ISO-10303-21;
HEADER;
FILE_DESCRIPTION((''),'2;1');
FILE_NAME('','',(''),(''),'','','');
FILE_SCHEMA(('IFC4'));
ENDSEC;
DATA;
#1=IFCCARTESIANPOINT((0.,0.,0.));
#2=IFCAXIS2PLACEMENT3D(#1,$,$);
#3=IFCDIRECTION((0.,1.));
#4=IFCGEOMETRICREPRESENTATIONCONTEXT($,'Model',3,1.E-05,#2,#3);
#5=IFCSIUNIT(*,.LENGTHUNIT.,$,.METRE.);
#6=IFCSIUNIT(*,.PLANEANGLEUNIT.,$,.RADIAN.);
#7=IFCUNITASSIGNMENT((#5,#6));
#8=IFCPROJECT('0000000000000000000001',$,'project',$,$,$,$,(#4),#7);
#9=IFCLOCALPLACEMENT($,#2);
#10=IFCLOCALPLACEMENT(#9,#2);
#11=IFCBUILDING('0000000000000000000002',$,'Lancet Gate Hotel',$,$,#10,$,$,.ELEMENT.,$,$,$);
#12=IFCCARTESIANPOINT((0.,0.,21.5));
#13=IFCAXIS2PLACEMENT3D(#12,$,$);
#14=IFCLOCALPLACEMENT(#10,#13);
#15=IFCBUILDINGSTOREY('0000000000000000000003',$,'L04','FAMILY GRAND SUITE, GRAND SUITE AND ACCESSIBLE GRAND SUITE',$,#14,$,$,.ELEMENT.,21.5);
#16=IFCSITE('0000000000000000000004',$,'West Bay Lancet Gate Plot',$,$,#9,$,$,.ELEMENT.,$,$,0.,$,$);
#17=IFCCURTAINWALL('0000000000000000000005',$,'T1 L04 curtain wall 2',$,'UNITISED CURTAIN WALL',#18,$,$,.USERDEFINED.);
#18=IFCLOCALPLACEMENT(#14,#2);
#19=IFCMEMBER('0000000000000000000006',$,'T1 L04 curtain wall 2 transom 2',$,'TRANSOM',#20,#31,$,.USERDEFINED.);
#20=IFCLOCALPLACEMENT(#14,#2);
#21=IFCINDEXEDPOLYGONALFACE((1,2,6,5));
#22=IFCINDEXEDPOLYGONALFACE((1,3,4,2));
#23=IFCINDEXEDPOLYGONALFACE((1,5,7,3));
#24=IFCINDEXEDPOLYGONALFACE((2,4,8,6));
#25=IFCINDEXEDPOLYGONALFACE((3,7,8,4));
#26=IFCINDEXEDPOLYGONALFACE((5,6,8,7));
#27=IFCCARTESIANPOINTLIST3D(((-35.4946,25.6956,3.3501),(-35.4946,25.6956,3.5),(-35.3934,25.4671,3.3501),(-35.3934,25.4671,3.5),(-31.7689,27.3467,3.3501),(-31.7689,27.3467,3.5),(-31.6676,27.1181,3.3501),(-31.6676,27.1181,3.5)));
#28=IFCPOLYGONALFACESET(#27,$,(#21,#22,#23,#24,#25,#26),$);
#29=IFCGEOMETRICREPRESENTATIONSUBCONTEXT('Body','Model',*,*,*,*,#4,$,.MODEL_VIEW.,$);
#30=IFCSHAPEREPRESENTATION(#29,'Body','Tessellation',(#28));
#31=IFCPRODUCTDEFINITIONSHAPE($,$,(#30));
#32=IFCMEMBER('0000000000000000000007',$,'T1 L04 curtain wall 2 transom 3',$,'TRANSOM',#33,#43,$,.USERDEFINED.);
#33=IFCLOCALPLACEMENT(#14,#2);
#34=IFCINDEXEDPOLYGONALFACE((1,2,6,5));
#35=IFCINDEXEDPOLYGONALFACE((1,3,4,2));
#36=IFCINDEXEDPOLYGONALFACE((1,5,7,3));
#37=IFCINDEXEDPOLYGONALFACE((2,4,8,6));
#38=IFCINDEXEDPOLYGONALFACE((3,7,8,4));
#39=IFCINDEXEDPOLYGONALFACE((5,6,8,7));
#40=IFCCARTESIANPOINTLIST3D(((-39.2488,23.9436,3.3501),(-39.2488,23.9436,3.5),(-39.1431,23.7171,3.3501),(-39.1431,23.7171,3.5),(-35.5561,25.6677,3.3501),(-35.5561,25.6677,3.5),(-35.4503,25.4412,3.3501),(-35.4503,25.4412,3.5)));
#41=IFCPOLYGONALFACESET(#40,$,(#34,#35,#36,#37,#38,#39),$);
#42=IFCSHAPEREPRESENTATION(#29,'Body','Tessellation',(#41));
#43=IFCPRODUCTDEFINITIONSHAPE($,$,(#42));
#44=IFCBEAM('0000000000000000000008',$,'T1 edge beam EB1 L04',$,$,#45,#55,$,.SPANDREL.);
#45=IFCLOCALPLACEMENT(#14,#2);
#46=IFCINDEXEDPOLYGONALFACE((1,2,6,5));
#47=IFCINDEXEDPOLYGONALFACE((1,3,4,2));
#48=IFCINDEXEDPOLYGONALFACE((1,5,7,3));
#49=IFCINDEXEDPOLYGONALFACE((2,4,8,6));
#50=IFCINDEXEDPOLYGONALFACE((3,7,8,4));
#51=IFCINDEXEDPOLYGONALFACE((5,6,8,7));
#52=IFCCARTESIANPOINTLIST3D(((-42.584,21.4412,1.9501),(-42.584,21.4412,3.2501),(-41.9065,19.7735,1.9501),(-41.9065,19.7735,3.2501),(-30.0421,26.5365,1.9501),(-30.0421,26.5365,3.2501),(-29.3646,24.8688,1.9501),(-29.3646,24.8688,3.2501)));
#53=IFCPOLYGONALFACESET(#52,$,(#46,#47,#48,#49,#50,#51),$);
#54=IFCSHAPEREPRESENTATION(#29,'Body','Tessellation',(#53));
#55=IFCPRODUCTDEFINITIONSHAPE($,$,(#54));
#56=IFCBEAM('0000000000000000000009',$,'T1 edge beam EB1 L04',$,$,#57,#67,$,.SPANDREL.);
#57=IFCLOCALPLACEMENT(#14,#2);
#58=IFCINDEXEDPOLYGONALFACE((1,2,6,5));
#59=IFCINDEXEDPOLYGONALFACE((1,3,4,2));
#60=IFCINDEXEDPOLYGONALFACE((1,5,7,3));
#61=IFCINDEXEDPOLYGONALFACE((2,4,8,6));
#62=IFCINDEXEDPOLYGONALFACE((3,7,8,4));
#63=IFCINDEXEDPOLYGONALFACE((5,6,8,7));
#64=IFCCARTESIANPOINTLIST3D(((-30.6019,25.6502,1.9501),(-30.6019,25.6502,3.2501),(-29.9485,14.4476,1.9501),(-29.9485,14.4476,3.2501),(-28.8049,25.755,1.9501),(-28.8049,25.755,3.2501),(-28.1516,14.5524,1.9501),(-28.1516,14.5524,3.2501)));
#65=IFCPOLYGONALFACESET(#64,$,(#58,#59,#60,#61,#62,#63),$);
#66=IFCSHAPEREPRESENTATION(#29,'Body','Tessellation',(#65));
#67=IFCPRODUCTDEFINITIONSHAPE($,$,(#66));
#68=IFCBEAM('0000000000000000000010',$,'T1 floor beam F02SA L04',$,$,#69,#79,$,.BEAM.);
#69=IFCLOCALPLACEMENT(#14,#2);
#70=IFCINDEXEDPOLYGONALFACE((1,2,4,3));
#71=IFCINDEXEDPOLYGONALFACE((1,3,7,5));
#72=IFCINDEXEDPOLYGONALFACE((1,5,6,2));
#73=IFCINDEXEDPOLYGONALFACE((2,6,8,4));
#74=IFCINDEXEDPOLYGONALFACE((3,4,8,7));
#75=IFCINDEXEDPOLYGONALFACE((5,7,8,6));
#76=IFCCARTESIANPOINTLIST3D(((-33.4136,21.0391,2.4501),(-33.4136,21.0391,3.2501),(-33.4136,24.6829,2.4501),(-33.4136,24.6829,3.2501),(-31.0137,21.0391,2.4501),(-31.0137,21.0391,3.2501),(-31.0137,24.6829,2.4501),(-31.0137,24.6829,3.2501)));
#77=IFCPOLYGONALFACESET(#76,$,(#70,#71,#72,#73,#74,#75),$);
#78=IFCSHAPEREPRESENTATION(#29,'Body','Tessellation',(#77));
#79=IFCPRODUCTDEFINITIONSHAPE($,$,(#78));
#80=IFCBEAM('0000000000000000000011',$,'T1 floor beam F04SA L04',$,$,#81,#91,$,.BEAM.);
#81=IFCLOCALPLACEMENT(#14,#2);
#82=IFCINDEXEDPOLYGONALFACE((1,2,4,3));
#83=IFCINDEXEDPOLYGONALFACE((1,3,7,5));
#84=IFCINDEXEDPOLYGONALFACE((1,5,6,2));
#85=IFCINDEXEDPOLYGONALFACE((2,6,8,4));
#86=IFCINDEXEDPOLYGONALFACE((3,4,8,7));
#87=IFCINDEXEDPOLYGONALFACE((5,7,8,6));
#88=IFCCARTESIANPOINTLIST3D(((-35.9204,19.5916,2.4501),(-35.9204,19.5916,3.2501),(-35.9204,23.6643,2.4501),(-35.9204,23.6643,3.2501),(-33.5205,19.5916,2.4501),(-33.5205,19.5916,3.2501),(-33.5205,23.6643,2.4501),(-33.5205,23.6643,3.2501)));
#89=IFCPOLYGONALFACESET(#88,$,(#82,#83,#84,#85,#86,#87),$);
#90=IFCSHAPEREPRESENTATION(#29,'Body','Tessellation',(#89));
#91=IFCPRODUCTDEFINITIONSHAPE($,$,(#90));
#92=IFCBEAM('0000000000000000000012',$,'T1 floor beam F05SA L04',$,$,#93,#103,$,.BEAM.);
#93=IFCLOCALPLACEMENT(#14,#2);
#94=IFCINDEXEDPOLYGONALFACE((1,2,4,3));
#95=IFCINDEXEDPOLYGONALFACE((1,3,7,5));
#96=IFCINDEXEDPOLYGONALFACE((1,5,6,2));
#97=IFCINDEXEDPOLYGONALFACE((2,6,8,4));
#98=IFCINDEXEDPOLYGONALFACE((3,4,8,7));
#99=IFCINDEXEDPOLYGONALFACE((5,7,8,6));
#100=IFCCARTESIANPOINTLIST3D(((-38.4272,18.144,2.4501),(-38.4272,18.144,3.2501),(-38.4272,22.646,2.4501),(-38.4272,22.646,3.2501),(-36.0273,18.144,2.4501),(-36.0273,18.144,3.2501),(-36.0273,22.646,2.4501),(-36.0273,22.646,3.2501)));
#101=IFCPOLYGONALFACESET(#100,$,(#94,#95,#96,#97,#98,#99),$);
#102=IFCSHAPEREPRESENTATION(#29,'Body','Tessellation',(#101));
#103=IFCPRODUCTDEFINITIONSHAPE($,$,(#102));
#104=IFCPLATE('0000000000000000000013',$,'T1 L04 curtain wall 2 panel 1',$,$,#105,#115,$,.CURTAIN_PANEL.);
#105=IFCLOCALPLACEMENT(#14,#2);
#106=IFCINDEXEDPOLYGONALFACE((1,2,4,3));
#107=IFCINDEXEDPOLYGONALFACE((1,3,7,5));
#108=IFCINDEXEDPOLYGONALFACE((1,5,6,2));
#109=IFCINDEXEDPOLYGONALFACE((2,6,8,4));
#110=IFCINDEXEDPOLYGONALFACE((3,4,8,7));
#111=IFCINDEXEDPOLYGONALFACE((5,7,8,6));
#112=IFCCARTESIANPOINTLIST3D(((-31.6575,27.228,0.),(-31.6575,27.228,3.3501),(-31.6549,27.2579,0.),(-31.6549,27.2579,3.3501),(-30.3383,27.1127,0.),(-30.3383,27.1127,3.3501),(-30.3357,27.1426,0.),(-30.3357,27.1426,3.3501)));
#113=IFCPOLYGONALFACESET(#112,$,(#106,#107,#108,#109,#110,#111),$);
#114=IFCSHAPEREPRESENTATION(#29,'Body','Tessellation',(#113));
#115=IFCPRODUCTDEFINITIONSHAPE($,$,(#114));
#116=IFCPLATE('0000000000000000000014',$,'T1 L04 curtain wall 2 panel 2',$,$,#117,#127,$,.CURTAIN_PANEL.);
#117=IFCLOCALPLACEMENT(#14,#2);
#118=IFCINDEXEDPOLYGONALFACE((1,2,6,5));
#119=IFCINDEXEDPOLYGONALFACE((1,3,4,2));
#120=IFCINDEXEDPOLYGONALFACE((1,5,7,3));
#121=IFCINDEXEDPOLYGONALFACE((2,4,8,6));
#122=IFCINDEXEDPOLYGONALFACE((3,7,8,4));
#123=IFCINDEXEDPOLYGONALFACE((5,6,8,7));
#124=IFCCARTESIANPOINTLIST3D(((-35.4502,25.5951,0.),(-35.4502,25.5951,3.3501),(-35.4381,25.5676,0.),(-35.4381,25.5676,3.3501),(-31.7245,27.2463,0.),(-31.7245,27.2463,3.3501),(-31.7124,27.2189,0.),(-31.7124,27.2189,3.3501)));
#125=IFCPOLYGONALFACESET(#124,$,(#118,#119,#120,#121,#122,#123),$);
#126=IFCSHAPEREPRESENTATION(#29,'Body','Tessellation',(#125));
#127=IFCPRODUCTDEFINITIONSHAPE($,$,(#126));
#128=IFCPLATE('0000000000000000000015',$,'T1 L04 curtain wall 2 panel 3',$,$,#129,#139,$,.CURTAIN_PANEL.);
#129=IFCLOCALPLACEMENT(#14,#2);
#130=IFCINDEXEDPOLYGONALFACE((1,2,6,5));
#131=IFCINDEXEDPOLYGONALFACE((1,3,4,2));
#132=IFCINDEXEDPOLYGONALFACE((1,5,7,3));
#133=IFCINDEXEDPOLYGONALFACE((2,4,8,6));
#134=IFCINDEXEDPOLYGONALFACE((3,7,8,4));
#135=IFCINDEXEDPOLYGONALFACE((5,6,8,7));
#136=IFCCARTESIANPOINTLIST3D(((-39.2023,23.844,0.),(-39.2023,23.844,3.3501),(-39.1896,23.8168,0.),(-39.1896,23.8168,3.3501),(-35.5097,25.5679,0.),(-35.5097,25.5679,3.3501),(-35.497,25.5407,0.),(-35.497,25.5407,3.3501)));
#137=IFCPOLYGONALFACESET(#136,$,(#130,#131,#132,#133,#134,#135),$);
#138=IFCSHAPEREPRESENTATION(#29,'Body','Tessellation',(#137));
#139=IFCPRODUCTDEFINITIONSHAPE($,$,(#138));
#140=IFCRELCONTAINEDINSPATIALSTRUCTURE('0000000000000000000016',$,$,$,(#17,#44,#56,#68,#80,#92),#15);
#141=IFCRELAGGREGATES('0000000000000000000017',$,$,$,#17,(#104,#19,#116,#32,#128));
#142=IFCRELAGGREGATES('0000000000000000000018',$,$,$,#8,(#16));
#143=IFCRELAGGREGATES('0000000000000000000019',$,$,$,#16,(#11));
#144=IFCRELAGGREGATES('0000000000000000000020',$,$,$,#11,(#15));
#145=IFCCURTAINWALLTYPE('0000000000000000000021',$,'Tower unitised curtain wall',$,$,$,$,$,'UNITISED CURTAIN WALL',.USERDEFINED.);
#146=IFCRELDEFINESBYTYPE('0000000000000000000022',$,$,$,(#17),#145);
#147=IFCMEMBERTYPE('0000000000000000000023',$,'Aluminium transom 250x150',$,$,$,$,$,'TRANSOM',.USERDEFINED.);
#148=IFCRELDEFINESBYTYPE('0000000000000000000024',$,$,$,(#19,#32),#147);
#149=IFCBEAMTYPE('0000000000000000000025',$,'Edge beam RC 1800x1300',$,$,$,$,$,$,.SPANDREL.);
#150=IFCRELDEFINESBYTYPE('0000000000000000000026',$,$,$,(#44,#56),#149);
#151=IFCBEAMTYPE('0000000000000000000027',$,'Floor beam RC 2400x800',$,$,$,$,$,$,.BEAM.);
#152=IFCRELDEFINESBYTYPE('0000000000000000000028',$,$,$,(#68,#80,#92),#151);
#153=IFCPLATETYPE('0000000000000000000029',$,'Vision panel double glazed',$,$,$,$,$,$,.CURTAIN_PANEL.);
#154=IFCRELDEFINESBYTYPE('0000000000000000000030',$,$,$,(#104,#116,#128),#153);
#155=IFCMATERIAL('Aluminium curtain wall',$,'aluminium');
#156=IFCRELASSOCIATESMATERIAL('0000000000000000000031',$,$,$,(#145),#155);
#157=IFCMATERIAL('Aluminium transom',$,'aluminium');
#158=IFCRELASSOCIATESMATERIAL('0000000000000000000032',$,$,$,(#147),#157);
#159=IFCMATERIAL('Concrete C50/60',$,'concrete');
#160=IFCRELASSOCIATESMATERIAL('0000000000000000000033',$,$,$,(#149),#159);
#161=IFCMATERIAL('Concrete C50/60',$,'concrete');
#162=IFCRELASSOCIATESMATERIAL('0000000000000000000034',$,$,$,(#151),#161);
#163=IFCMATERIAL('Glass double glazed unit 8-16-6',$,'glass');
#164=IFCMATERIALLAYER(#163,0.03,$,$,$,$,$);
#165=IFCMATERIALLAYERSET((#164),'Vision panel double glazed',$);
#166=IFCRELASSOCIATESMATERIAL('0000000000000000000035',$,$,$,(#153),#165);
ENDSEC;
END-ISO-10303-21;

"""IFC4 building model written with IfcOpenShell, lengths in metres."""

from ifc_helpers import new_model, si_unit, direction, frame, origin, origin_2d, place, context, subcontext, project, spatial, rectangle, extrude, material, layer, layer_set, material_profile, profile_set, type_object, element, aggregate, save


model = new_model("IFC4")

# Units and contexts
model_context = context("Model", 3, precision=1e-05, world=origin(), true_north=direction((0.0, 1.0)))
body_context = subcontext(model_context, "Body", "Model", "MODEL_VIEW")
ifc_project = project(units=[si_unit("LENGTHUNIT", "METRE"), si_unit("PLANEANGLEUNIT", "RADIAN")], contexts=[model_context])

# Site, building, storey
site_placement = place(None, origin())
site = spatial("IfcSite", under=ifc_project, at=site_placement, Name="West Bay Lancet Gate Plot", CompositionType="ELEMENT", RefElevation=0.0)
building_placement = place(site_placement, origin())
building = spatial("IfcBuilding", under=site, at=building_placement, Name="Lancet Gate Hotel", CompositionType="ELEMENT")
storey_placement = place(building_placement, frame((0.0, 0.0, 21.5)))
storey = spatial("IfcBuildingStorey", under=building, at=storey_placement, Name="L04", Description="FAMILY GRAND SUITE, GRAND SUITE AND ACCESSIBLE GRAND SUITE", CompositionType="ELEMENT", Elevation=21.5)

# Curtain wall, members
ifc_material_1 = material(Name="Aluminium curtain wall", Category="aluminium")
curtain_wall_type = type_object("IfcCurtainWallType", Name="Tower unitised curtain wall", ElementType="UNITISED CURTAIN WALL", PredefinedType="USERDEFINED", material=ifc_material_1)
curtain_wall_placement = place(storey_placement, origin())
curtain_wall = element("IfcCurtainWall", 1, at=curtain_wall_placement, inside=storey, type_object=curtain_wall_type, Name="T1 L04 curtain wall 2", ObjectType="UNITISED CURTAIN WALL", PredefinedType="USERDEFINED")
ifc_material_2 = material(Name="Aluminium transom", Category="aluminium")
ifc_material_profile_1 = material_profile(ifc_material_2, rectangle(XDim=0.25, YDim=0.1499, at=origin_2d()), Name="TRANSOM 250x150")
ifc_profile_set_1 = profile_set([ifc_material_profile_1], Name="Aluminium transom")
member_type_1 = type_object("IfcMemberType", Name="Aluminium transom 250x150", ElementType="TRANSOM", PredefinedType="USERDEFINED", material=ifc_profile_set_1)
member_1_placement = place(storey_placement, frame((-31.7183, 27.2324, 3.425), z_axis=(-0.914248, -0.405154, 0.0), x_axis=(0.405154, -0.914248, 0.0)))
member_1 = element("IfcMember", 2, at=member_1_placement, type_object=member_type_1, Name="T1 L04 curtain wall 2 transom 2", ObjectType="TRANSOM", PredefinedType="USERDEFINED", context=body_context, shape_type="SweptSolid", body=[
    extrude(rectangle(XDim=0.25, YDim=0.1499, at=origin_2d()), origin(), (0.0, 0.0, 1.0), 4.0752),
])
member_2_placement = place(storey_placement, frame((-35.5032, 25.5544, 3.425), z_axis=(-0.90611, -0.423043, 0.0), x_axis=(0.423043, -0.90611, 0.0)))
member_2 = element("IfcMember", 3, at=member_2_placement, type_object=member_type_1, Name="T1 L04 curtain wall 2 transom 3", ObjectType="TRANSOM", PredefinedType="USERDEFINED", context=body_context, shape_type="SweptSolid", body=[
    extrude(rectangle(XDim=0.25, YDim=0.1499, at=origin_2d()), origin(), (0.0, 0.0, 1.0), 4.0754),
])

# Beams
ifc_material_3 = material(Name="Concrete C50/60", Category="concrete")
ifc_material_profile_2 = material_profile(ifc_material_3, rectangle(XDim=1.8, YDim=1.3, at=origin_2d()), Name="RC 1800x1300")
ifc_profile_set_2 = profile_set([ifc_material_profile_2], Name="Concrete C50/60")
beam_type_1 = type_object("IfcBeamType", Name="Edge beam RC 1800x1300", PredefinedType="SPANDREL", material=ifc_profile_set_2)
beam_1_placement = place(storey_placement, frame((-29.7034, 25.7026, 2.6001), z_axis=(-0.926463, -0.376385, 0.0), x_axis=(0.376385, -0.926463, 0.0)))
element("IfcBeam", 4, at=beam_1_placement, inside=storey, type_object=beam_type_1, Name="T1 edge beam EB1 L04", PredefinedType="SPANDREL", context=body_context, shape_type="SweptSolid", body=[
    extrude(rectangle(XDim=1.8, YDim=1.3, at=origin_2d()), origin(), (0.0, 0.0, 1.0), 13.5374),
])
beam_2_placement = place(storey_placement, frame((-29.7034, 25.7026, 2.6001), z_axis=(0.05822, -0.998304, 0.0), x_axis=(0.998304, 0.05822, 0.0)))
element("IfcBeam", 5, at=beam_2_placement, inside=storey, type_object=beam_type_1, Name="T1 edge beam EB1 L04", PredefinedType="SPANDREL", context=body_context, shape_type="SweptSolid", body=[
    extrude(rectangle(XDim=1.8, YDim=1.3, at=origin_2d()), origin(), (0.0, 0.0, 1.0), 11.2217),
])
ifc_material_4 = material(Name="Concrete C50/60", Category="concrete")
ifc_material_profile_3 = material_profile(ifc_material_4, rectangle(XDim=2.3999, YDim=0.8, at=origin_2d()), Name="RC 2400x800")
ifc_profile_set_3 = profile_set([ifc_material_profile_3], Name="Concrete C50/60")
beam_type_2 = type_object("IfcBeamType", Name="Floor beam RC 2400x800", PredefinedType="BEAM", material=ifc_profile_set_3)
beam_3_placement = place(storey_placement, frame((-32.2136, 24.6829, 2.8501), z_axis=(0.0, -1.0, 0.0), x_axis=(1.0, 0.0, 0.0)))
element("IfcBeam", 6, at=beam_3_placement, inside=storey, type_object=beam_type_2, Name="T1 floor beam F02SA L04", PredefinedType="BEAM", context=body_context, shape_type="SweptSolid", body=[
    extrude(rectangle(XDim=2.3999, YDim=0.8, at=origin_2d()), origin(), (0.0, 0.0, 1.0), 3.6438),
])
beam_4_placement = place(storey_placement, frame((-34.7205, 23.6643, 2.8501), z_axis=(0.0, -1.0, 0.0), x_axis=(1.0, 0.0, 0.0)))
element("IfcBeam", 7, at=beam_4_placement, inside=storey, type_object=beam_type_2, Name="T1 floor beam F04SA L04", PredefinedType="BEAM", context=body_context, shape_type="SweptSolid", body=[
    extrude(rectangle(XDim=2.3999, YDim=0.8, at=origin_2d()), origin(), (0.0, 0.0, 1.0), 4.0728),
])
beam_5_placement = place(storey_placement, frame((-37.2273, 22.646, 2.8501), z_axis=(0.0, -1.0, 0.0), x_axis=(1.0, 0.0, 0.0)))
element("IfcBeam", 8, at=beam_5_placement, inside=storey, type_object=beam_type_2, Name="T1 floor beam F05SA L04", PredefinedType="BEAM", context=body_context, shape_type="SweptSolid", body=[
    extrude(rectangle(XDim=2.3999, YDim=0.8, at=origin_2d()), origin(), (0.0, 0.0, 1.0), 4.502),
])

# Plates
ifc_material_5 = material(Name="Glass double glazed unit 8-16-6", Category="glass")
ifc_layer_1 = layer(ifc_material_5, 0.03)
ifc_layer_set_1 = layer_set([ifc_layer_1], Name="Vision panel double glazed")
plate_type = type_object("IfcPlateType", Name="Vision panel double glazed", PredefinedType="CURTAIN_PANEL", material=ifc_layer_set_1)
plate_1_placement = place(storey_placement, frame((-30.9966, 27.1853, 0.0), z_axis=(0.0, 0.0, 1.0), x_axis=(-0.996204, 0.087052, 0.0)))
plate_1 = element("IfcPlate", 9, at=plate_1_placement, type_object=plate_type, Name="T1 L04 curtain wall 2 panel 1", PredefinedType="CURTAIN_PANEL", context=body_context, shape_type="SweptSolid", body=[
    extrude(rectangle(XDim=1.3242, YDim=0.03, at=origin_2d()), origin(), (0.0, 0.0, 1.0), 3.3501),
])
plate_2_placement = place(storey_placement, frame((-33.5813, 26.407, 0.0), z_axis=(0.0, 0.0, 1.0), x_axis=(-0.914234, -0.405186, 0.0)))
plate_2 = element("IfcPlate", 10, at=plate_2_placement, type_object=plate_type, Name="T1 L04 curtain wall 2 panel 2", PredefinedType="CURTAIN_PANEL", context=body_context, shape_type="SweptSolid", body=[
    extrude(rectangle(XDim=4.0752, YDim=0.03, at=origin_2d()), origin(), (0.0, 0.0, 1.0), 3.3501),
])
plate_3_placement = place(storey_placement, frame((-37.3496, 24.6924, 0.0), z_axis=(0.0, 0.0, 1.0), x_axis=(-0.906118, -0.423026, 0.0)))
plate_3 = element("IfcPlate", 11, at=plate_3_placement, type_object=plate_type, Name="T1 L04 curtain wall 2 panel 3", PredefinedType="CURTAIN_PANEL", context=body_context, shape_type="SweptSolid", body=[
    extrude(rectangle(XDim=4.0752, YDim=0.03, at=origin_2d()), origin(), (0.0, 0.0, 1.0), 3.3501),
])
aggregate(curtain_wall, [plate_1, member_1, plate_2, member_2, plate_3])

save(model, "model.ifc")
